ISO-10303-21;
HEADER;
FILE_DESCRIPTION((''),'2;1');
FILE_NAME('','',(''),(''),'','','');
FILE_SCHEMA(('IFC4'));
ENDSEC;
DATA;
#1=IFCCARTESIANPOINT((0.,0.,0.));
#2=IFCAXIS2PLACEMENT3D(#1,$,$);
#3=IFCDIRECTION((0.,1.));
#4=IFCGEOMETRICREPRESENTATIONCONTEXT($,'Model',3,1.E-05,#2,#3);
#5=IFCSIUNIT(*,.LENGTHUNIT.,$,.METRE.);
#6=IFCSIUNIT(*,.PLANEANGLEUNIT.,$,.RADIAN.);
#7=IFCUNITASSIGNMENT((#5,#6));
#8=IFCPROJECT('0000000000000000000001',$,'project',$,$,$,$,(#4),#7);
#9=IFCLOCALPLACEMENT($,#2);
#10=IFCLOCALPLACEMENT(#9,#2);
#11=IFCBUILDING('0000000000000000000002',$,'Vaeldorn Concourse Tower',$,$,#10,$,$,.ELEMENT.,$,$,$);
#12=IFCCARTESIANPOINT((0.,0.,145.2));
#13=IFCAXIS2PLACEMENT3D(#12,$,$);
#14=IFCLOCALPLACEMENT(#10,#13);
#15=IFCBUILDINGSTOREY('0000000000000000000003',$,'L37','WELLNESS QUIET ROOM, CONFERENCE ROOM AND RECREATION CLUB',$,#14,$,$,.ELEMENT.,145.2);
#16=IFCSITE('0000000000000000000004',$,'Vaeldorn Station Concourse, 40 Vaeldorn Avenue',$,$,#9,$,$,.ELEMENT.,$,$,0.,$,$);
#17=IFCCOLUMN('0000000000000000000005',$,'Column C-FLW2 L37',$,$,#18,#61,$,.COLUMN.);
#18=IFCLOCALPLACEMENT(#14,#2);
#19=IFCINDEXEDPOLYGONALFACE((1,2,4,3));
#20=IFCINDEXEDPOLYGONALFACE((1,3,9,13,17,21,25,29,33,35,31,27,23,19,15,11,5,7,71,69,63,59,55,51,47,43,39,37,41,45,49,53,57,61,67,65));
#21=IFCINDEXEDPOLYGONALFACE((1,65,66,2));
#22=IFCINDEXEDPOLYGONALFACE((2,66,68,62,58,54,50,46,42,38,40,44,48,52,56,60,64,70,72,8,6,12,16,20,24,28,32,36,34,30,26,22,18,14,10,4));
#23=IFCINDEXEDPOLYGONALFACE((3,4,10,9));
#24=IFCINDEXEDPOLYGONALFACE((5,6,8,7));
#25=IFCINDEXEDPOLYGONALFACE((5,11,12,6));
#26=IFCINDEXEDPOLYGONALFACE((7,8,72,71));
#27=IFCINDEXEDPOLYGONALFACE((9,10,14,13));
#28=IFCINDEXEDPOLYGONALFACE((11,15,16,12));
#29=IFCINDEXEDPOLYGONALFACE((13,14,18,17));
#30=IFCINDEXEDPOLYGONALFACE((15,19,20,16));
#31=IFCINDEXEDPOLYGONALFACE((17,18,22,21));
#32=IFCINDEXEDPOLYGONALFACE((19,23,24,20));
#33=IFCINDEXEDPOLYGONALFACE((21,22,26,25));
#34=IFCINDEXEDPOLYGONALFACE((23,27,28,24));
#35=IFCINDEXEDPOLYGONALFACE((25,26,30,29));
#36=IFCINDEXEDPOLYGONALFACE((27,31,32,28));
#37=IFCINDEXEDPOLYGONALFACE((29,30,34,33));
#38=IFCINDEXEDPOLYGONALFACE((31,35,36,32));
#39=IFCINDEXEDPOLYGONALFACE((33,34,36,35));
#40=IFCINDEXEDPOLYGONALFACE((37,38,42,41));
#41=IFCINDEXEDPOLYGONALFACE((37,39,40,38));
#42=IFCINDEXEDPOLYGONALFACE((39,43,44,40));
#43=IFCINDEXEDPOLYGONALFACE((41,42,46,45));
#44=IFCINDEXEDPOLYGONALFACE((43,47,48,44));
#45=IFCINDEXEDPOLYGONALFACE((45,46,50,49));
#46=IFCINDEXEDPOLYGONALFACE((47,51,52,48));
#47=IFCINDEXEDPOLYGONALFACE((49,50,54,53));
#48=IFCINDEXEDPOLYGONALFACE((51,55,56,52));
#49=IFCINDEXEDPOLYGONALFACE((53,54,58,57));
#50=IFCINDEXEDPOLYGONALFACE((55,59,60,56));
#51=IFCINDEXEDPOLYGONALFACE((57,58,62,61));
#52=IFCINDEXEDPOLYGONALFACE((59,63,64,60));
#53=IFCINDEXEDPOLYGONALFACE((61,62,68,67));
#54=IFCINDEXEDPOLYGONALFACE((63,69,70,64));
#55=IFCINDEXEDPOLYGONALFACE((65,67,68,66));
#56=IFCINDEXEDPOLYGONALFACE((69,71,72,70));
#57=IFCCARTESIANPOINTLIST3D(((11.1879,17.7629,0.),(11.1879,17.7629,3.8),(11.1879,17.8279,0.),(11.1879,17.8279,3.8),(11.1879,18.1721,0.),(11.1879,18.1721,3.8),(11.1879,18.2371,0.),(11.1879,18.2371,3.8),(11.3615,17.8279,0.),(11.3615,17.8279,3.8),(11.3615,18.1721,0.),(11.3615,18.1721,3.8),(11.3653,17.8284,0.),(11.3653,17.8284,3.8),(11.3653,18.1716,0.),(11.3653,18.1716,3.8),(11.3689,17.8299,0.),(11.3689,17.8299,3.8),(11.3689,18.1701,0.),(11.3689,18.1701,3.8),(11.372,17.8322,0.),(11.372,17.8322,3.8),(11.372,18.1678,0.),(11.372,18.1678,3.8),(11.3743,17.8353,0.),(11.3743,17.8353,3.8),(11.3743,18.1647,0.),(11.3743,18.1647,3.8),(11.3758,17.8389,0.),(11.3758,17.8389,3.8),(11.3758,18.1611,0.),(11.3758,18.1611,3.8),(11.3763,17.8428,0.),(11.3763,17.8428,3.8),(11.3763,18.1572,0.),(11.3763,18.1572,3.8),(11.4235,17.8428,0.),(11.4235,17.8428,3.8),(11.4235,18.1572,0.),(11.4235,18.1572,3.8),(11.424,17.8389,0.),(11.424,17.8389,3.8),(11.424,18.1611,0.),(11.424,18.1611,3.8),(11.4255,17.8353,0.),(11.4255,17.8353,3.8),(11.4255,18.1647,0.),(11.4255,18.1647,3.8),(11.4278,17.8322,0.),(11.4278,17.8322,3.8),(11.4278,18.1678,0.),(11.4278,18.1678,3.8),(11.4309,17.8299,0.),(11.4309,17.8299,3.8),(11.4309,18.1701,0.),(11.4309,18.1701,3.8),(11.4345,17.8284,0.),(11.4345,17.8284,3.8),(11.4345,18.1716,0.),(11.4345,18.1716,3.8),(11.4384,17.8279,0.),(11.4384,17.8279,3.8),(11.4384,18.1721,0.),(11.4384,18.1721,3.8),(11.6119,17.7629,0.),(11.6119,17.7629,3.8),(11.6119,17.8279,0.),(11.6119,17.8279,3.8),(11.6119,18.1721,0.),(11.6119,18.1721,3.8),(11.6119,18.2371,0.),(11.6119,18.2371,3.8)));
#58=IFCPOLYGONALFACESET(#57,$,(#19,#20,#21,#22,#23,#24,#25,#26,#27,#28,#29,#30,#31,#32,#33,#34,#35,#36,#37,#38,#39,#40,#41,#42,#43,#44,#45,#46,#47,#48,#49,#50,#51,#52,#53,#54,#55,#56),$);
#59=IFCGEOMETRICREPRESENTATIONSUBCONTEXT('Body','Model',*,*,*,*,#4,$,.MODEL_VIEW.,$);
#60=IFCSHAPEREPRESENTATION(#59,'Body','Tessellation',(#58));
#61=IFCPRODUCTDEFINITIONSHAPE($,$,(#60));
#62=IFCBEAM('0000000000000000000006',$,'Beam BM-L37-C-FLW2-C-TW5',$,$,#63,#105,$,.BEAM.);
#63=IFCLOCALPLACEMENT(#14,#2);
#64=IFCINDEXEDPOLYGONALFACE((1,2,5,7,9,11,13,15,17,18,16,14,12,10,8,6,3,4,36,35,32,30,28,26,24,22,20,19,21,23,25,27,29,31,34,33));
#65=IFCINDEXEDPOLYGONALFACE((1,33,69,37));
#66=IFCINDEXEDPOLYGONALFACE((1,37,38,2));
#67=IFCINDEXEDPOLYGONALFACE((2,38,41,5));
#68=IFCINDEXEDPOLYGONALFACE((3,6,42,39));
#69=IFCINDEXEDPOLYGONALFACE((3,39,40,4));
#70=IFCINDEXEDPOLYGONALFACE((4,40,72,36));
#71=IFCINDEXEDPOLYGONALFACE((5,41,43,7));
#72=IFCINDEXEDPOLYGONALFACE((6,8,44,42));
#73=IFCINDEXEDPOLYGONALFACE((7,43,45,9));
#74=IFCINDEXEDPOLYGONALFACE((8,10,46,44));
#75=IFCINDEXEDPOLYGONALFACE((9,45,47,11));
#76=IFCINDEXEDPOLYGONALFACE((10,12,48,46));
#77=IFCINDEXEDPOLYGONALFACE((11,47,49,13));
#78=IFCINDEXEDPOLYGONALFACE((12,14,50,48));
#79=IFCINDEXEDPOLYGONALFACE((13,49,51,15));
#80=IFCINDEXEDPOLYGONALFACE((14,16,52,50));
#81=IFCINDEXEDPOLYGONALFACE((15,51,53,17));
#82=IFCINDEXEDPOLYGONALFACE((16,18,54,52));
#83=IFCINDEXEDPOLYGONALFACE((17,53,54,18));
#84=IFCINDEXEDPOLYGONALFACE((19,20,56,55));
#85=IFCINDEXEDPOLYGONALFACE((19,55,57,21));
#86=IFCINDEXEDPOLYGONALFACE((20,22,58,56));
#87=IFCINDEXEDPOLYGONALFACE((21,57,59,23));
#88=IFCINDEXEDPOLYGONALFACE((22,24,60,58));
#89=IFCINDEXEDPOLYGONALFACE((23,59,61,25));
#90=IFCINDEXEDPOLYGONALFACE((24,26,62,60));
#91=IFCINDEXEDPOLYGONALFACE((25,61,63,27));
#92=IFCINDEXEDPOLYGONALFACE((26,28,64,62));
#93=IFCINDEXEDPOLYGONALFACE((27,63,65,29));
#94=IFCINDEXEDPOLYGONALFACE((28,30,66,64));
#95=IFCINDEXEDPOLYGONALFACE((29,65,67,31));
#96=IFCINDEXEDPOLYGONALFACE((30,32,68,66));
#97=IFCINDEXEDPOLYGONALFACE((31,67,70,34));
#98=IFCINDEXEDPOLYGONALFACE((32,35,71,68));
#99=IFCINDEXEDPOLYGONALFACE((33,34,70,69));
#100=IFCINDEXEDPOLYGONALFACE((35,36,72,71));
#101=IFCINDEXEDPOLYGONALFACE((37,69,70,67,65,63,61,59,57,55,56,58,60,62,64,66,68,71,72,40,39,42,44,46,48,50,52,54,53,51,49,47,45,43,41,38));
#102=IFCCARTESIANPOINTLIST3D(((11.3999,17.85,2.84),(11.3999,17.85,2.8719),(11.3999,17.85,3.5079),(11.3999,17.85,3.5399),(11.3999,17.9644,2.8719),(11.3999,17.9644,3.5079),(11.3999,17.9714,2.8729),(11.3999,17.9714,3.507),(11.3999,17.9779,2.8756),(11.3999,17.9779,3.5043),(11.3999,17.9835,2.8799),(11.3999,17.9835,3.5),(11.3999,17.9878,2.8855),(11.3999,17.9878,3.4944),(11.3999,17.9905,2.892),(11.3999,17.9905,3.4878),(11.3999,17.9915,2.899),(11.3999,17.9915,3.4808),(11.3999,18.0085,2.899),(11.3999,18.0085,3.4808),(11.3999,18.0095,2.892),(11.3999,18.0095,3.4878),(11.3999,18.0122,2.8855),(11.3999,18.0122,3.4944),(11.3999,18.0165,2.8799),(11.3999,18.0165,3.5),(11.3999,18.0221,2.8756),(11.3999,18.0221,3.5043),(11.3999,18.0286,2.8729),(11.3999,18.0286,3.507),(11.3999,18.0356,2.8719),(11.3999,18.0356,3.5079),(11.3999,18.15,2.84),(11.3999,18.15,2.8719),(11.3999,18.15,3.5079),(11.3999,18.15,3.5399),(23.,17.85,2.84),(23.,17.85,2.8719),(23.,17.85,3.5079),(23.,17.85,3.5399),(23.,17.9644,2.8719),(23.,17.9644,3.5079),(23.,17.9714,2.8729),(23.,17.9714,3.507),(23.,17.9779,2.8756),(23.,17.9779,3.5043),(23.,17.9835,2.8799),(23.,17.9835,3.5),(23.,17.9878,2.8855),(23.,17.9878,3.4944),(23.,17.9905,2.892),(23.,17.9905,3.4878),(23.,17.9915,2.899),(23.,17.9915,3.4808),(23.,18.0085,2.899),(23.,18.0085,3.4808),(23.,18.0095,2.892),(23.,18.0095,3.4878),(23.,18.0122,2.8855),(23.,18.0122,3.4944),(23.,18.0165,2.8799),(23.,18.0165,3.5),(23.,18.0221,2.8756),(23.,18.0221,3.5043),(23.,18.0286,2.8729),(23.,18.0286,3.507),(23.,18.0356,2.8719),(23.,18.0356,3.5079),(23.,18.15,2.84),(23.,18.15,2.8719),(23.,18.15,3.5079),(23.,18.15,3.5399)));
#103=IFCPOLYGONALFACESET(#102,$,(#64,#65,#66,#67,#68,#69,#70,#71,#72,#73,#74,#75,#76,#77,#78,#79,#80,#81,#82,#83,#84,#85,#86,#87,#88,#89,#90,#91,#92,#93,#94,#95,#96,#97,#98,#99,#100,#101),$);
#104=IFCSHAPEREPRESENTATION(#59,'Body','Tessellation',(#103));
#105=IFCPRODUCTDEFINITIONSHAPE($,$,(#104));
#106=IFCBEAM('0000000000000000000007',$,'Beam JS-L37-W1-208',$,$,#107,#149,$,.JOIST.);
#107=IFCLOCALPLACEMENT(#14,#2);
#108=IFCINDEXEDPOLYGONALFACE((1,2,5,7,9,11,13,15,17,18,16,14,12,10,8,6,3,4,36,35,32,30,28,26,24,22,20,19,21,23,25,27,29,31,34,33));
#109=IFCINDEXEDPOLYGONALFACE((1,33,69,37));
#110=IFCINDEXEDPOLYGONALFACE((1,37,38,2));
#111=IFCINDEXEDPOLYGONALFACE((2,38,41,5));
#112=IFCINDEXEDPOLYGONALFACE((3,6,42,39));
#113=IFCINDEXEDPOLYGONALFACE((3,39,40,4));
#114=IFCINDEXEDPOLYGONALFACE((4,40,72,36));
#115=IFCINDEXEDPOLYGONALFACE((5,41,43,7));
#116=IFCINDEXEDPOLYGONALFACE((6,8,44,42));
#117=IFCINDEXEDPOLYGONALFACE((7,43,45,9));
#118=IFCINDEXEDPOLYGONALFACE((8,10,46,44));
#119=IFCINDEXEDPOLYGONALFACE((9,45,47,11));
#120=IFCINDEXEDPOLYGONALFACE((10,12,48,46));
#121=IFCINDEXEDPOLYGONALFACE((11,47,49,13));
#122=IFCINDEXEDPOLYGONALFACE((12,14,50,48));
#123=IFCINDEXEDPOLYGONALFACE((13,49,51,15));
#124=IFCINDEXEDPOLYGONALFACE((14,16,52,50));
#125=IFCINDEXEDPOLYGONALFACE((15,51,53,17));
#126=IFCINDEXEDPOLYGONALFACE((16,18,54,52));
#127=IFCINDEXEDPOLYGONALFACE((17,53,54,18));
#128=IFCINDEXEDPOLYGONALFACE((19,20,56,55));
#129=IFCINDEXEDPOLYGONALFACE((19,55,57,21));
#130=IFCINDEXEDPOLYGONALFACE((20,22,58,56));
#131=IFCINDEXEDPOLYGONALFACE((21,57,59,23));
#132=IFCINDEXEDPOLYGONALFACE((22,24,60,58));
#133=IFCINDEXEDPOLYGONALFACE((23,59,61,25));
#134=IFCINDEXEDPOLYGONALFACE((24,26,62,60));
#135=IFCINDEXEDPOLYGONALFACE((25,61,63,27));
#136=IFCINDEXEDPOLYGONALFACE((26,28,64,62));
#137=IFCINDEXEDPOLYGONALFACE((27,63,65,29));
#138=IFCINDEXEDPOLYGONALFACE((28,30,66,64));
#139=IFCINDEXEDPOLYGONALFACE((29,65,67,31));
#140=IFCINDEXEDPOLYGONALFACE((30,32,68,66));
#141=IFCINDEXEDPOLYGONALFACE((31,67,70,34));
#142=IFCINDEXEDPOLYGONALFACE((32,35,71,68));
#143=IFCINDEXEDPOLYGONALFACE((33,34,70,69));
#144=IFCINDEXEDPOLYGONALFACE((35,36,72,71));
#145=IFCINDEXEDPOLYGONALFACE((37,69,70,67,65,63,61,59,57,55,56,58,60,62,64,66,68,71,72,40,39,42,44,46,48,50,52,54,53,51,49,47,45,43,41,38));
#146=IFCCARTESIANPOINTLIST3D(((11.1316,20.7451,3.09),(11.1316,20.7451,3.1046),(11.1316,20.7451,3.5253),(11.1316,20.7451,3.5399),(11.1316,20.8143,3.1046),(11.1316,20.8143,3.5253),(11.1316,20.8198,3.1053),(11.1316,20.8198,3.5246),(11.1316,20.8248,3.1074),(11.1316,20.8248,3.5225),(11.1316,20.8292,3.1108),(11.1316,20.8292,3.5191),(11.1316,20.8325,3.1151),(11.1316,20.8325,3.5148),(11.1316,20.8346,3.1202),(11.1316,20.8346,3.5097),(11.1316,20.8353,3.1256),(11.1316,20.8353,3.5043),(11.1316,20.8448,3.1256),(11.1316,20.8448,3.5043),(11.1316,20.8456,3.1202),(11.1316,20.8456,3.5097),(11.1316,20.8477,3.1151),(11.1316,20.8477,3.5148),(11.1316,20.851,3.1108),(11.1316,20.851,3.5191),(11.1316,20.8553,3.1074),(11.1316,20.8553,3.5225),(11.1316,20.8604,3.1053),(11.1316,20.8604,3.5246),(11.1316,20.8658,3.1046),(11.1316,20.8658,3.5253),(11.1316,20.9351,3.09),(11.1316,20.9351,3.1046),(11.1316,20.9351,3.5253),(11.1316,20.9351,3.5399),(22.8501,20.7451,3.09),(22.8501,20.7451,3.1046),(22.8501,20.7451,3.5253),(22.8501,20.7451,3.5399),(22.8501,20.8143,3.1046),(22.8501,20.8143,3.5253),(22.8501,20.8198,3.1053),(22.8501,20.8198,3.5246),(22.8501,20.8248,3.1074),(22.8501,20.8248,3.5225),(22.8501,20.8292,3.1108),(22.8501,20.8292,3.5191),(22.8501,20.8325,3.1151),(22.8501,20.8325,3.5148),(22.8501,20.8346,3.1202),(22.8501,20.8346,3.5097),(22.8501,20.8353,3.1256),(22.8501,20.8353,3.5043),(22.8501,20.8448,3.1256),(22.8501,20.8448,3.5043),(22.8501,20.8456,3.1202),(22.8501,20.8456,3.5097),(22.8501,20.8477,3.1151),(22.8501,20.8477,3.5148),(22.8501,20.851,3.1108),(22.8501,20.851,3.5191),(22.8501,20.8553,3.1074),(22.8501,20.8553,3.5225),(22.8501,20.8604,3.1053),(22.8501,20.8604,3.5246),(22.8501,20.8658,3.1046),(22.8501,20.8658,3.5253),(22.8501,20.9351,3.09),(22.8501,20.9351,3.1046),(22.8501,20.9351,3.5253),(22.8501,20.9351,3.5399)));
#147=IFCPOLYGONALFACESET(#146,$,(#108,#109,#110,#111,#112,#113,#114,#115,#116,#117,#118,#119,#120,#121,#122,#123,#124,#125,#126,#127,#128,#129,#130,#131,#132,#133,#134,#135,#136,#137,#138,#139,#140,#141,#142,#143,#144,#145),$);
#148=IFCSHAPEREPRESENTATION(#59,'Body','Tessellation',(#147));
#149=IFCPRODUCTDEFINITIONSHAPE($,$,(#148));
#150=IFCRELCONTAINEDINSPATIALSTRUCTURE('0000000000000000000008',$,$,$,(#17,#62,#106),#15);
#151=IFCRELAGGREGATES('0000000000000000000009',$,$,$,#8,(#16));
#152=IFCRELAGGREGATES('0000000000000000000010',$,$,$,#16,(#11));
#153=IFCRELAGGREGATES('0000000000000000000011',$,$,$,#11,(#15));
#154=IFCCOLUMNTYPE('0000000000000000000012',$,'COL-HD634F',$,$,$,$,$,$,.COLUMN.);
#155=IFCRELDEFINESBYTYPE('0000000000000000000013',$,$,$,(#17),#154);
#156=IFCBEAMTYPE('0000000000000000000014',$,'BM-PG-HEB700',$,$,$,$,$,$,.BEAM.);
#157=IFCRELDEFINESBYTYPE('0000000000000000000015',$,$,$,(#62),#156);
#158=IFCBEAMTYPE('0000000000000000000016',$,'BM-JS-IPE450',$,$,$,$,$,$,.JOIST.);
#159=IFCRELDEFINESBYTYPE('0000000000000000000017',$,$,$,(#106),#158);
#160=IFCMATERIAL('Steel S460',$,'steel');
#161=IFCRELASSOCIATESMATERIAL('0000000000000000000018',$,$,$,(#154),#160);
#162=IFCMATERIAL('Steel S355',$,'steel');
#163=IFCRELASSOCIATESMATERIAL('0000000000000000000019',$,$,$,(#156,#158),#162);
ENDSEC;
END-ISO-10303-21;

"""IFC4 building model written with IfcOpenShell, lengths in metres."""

from ifc_helpers import new_model, si_unit, direction, frame, origin, origin_2d, place, context, subcontext, project, spatial, i_section, extrude, source, transform, mapped, material, material_profile, profile_set, type_object, element, save


model = new_model("IFC4")

# Units and contexts
model_context = context("Model", 3, precision=1e-05, world=origin(), true_north=direction((0.0, 1.0)))
body_context = subcontext(model_context, "Body", "Model", "MODEL_VIEW")
ifc_project = project(units=[si_unit("LENGTHUNIT", "METRE"), si_unit("PLANEANGLEUNIT", "RADIAN")], contexts=[model_context])

# Site, building, storey
site_placement = place(None, origin())
site = spatial("IfcSite", under=ifc_project, at=site_placement, Name="Vaeldorn Station Concourse, 40 Vaeldorn Avenue", CompositionType="ELEMENT", RefElevation=0.0)
building_placement = place(site_placement, origin())
building = spatial("IfcBuilding", under=site, at=building_placement, Name="Vaeldorn Concourse Tower", CompositionType="ELEMENT")
storey_placement = place(building_placement, frame((0.0, 0.0, 145.2)))
storey = spatial("IfcBuildingStorey", under=building, at=storey_placement, Name="L37", Description="WELLNESS QUIET ROOM, CONFERENCE ROOM AND RECREATION CLUB", CompositionType="ELEMENT", Elevation=145.2)

# Column
ifc_material_1 = material(Name="Steel S460", Category="steel")
ifc_material_profile_1 = material_profile(ifc_material_1, i_section(OverallWidth=0.4241, OverallDepth=0.4741, WebThickness=0.0471, FlangeThickness=0.0649, FilletRadius=0.0149, at=origin_2d()), Name="HD 400x634")
ifc_profile_set_1 = profile_set([ifc_material_profile_1], Name="Steel S460")
column_type = type_object("IfcColumnType", Name="COL-HD634F", PredefinedType="COLUMN", material=ifc_profile_set_1)
shared_shape_1 = source(origin(), body_context, "Body", "SweptSolid", [
    extrude(i_section(OverallWidth=0.4241, OverallDepth=0.4741, WebThickness=0.0471, FlangeThickness=0.0649, FilletRadius=0.0149, at=origin_2d()), origin(), (0.0, 0.0, 1.0), 3.8),
])
column_placement = place(storey_placement, frame((11.3999, 18.0, 0.0), z_axis=(0.0, 0.0, 1.0), x_axis=(1.0, 0.0, 0.0)))
element("IfcColumn", 1, at=column_placement, inside=storey, type_object=column_type, Name="Column C-FLW2 L37", PredefinedType="COLUMN", context=body_context, shape_type="MappedRepresentation", body=[
    mapped(shared_shape_1, transform((0.0, 0.0, 0.0), scale=1.0)),
])

# Beams
ifc_material_2 = material(Name="Steel S355", Category="steel")
ifc_material_profile_2 = material_profile(ifc_material_2, i_section(OverallWidth=0.3, OverallDepth=0.7, WebThickness=0.0171, FlangeThickness=0.032, FilletRadius=0.0271, at=origin_2d()), Name="HEB 700")
ifc_profile_set_2 = profile_set([ifc_material_profile_2], Name="Steel S355")
beam_type_1 = type_object("IfcBeamType", Name="BM-PG-HEB700", PredefinedType="BEAM", material=ifc_profile_set_2)
shared_shape_2 = source(origin(), body_context, "Body", "SweptSolid", [
    extrude(i_section(OverallWidth=0.3, OverallDepth=0.7, WebThickness=0.0171, FlangeThickness=0.032, FilletRadius=0.0271, at=origin_2d()), origin(), (0.0, 0.0, 1.0), 11.6001),
])
beam_1_placement = place(storey_placement, frame((11.3999, 18.0, 3.1899), z_axis=(1.0, 0.0, 0.0), x_axis=(0.0, 1.0, 0.0)))
element("IfcBeam", 2, at=beam_1_placement, inside=storey, type_object=beam_type_1, Name="Beam BM-L37-C-FLW2-C-TW5", PredefinedType="BEAM", context=body_context, shape_type="MappedRepresentation", body=[
    mapped(shared_shape_2, transform((0.0, 0.0, 0.0), scale=1.0)),
])
ifc_material_profile_3 = material_profile(ifc_material_2, i_section(OverallWidth=0.1899, OverallDepth=0.45, WebThickness=0.0095, FlangeThickness=0.0146, FilletRadius=0.021, at=origin_2d()), Name="IPE 450")
ifc_profile_set_3 = profile_set([ifc_material_profile_3], Name="Steel S355")
beam_type_2 = type_object("IfcBeamType", Name="BM-JS-IPE450", PredefinedType="JOIST", material=ifc_profile_set_3)
shared_shape_3 = source(origin(), body_context, "Body", "SweptSolid", [
    extrude(i_section(OverallWidth=0.1899, OverallDepth=0.45, WebThickness=0.0095, FlangeThickness=0.0146, FilletRadius=0.021, at=origin_2d()), origin(), (0.0, 0.0, 1.0), 11.7185),
])
beam_2_placement = place(storey_placement, frame((11.1316, 20.8401, 3.3149), z_axis=(1.0, 0.0, 0.0), x_axis=(0.0, 1.0, 0.0)))
element("IfcBeam", 3, at=beam_2_placement, inside=storey, type_object=beam_type_2, Name="Beam JS-L37-W1-208", PredefinedType="JOIST", context=body_context, shape_type="MappedRepresentation", body=[
    mapped(shared_shape_3, transform((0.0, 0.0, 0.0), scale=1.0)),
])

save(model, "model.ifc")
